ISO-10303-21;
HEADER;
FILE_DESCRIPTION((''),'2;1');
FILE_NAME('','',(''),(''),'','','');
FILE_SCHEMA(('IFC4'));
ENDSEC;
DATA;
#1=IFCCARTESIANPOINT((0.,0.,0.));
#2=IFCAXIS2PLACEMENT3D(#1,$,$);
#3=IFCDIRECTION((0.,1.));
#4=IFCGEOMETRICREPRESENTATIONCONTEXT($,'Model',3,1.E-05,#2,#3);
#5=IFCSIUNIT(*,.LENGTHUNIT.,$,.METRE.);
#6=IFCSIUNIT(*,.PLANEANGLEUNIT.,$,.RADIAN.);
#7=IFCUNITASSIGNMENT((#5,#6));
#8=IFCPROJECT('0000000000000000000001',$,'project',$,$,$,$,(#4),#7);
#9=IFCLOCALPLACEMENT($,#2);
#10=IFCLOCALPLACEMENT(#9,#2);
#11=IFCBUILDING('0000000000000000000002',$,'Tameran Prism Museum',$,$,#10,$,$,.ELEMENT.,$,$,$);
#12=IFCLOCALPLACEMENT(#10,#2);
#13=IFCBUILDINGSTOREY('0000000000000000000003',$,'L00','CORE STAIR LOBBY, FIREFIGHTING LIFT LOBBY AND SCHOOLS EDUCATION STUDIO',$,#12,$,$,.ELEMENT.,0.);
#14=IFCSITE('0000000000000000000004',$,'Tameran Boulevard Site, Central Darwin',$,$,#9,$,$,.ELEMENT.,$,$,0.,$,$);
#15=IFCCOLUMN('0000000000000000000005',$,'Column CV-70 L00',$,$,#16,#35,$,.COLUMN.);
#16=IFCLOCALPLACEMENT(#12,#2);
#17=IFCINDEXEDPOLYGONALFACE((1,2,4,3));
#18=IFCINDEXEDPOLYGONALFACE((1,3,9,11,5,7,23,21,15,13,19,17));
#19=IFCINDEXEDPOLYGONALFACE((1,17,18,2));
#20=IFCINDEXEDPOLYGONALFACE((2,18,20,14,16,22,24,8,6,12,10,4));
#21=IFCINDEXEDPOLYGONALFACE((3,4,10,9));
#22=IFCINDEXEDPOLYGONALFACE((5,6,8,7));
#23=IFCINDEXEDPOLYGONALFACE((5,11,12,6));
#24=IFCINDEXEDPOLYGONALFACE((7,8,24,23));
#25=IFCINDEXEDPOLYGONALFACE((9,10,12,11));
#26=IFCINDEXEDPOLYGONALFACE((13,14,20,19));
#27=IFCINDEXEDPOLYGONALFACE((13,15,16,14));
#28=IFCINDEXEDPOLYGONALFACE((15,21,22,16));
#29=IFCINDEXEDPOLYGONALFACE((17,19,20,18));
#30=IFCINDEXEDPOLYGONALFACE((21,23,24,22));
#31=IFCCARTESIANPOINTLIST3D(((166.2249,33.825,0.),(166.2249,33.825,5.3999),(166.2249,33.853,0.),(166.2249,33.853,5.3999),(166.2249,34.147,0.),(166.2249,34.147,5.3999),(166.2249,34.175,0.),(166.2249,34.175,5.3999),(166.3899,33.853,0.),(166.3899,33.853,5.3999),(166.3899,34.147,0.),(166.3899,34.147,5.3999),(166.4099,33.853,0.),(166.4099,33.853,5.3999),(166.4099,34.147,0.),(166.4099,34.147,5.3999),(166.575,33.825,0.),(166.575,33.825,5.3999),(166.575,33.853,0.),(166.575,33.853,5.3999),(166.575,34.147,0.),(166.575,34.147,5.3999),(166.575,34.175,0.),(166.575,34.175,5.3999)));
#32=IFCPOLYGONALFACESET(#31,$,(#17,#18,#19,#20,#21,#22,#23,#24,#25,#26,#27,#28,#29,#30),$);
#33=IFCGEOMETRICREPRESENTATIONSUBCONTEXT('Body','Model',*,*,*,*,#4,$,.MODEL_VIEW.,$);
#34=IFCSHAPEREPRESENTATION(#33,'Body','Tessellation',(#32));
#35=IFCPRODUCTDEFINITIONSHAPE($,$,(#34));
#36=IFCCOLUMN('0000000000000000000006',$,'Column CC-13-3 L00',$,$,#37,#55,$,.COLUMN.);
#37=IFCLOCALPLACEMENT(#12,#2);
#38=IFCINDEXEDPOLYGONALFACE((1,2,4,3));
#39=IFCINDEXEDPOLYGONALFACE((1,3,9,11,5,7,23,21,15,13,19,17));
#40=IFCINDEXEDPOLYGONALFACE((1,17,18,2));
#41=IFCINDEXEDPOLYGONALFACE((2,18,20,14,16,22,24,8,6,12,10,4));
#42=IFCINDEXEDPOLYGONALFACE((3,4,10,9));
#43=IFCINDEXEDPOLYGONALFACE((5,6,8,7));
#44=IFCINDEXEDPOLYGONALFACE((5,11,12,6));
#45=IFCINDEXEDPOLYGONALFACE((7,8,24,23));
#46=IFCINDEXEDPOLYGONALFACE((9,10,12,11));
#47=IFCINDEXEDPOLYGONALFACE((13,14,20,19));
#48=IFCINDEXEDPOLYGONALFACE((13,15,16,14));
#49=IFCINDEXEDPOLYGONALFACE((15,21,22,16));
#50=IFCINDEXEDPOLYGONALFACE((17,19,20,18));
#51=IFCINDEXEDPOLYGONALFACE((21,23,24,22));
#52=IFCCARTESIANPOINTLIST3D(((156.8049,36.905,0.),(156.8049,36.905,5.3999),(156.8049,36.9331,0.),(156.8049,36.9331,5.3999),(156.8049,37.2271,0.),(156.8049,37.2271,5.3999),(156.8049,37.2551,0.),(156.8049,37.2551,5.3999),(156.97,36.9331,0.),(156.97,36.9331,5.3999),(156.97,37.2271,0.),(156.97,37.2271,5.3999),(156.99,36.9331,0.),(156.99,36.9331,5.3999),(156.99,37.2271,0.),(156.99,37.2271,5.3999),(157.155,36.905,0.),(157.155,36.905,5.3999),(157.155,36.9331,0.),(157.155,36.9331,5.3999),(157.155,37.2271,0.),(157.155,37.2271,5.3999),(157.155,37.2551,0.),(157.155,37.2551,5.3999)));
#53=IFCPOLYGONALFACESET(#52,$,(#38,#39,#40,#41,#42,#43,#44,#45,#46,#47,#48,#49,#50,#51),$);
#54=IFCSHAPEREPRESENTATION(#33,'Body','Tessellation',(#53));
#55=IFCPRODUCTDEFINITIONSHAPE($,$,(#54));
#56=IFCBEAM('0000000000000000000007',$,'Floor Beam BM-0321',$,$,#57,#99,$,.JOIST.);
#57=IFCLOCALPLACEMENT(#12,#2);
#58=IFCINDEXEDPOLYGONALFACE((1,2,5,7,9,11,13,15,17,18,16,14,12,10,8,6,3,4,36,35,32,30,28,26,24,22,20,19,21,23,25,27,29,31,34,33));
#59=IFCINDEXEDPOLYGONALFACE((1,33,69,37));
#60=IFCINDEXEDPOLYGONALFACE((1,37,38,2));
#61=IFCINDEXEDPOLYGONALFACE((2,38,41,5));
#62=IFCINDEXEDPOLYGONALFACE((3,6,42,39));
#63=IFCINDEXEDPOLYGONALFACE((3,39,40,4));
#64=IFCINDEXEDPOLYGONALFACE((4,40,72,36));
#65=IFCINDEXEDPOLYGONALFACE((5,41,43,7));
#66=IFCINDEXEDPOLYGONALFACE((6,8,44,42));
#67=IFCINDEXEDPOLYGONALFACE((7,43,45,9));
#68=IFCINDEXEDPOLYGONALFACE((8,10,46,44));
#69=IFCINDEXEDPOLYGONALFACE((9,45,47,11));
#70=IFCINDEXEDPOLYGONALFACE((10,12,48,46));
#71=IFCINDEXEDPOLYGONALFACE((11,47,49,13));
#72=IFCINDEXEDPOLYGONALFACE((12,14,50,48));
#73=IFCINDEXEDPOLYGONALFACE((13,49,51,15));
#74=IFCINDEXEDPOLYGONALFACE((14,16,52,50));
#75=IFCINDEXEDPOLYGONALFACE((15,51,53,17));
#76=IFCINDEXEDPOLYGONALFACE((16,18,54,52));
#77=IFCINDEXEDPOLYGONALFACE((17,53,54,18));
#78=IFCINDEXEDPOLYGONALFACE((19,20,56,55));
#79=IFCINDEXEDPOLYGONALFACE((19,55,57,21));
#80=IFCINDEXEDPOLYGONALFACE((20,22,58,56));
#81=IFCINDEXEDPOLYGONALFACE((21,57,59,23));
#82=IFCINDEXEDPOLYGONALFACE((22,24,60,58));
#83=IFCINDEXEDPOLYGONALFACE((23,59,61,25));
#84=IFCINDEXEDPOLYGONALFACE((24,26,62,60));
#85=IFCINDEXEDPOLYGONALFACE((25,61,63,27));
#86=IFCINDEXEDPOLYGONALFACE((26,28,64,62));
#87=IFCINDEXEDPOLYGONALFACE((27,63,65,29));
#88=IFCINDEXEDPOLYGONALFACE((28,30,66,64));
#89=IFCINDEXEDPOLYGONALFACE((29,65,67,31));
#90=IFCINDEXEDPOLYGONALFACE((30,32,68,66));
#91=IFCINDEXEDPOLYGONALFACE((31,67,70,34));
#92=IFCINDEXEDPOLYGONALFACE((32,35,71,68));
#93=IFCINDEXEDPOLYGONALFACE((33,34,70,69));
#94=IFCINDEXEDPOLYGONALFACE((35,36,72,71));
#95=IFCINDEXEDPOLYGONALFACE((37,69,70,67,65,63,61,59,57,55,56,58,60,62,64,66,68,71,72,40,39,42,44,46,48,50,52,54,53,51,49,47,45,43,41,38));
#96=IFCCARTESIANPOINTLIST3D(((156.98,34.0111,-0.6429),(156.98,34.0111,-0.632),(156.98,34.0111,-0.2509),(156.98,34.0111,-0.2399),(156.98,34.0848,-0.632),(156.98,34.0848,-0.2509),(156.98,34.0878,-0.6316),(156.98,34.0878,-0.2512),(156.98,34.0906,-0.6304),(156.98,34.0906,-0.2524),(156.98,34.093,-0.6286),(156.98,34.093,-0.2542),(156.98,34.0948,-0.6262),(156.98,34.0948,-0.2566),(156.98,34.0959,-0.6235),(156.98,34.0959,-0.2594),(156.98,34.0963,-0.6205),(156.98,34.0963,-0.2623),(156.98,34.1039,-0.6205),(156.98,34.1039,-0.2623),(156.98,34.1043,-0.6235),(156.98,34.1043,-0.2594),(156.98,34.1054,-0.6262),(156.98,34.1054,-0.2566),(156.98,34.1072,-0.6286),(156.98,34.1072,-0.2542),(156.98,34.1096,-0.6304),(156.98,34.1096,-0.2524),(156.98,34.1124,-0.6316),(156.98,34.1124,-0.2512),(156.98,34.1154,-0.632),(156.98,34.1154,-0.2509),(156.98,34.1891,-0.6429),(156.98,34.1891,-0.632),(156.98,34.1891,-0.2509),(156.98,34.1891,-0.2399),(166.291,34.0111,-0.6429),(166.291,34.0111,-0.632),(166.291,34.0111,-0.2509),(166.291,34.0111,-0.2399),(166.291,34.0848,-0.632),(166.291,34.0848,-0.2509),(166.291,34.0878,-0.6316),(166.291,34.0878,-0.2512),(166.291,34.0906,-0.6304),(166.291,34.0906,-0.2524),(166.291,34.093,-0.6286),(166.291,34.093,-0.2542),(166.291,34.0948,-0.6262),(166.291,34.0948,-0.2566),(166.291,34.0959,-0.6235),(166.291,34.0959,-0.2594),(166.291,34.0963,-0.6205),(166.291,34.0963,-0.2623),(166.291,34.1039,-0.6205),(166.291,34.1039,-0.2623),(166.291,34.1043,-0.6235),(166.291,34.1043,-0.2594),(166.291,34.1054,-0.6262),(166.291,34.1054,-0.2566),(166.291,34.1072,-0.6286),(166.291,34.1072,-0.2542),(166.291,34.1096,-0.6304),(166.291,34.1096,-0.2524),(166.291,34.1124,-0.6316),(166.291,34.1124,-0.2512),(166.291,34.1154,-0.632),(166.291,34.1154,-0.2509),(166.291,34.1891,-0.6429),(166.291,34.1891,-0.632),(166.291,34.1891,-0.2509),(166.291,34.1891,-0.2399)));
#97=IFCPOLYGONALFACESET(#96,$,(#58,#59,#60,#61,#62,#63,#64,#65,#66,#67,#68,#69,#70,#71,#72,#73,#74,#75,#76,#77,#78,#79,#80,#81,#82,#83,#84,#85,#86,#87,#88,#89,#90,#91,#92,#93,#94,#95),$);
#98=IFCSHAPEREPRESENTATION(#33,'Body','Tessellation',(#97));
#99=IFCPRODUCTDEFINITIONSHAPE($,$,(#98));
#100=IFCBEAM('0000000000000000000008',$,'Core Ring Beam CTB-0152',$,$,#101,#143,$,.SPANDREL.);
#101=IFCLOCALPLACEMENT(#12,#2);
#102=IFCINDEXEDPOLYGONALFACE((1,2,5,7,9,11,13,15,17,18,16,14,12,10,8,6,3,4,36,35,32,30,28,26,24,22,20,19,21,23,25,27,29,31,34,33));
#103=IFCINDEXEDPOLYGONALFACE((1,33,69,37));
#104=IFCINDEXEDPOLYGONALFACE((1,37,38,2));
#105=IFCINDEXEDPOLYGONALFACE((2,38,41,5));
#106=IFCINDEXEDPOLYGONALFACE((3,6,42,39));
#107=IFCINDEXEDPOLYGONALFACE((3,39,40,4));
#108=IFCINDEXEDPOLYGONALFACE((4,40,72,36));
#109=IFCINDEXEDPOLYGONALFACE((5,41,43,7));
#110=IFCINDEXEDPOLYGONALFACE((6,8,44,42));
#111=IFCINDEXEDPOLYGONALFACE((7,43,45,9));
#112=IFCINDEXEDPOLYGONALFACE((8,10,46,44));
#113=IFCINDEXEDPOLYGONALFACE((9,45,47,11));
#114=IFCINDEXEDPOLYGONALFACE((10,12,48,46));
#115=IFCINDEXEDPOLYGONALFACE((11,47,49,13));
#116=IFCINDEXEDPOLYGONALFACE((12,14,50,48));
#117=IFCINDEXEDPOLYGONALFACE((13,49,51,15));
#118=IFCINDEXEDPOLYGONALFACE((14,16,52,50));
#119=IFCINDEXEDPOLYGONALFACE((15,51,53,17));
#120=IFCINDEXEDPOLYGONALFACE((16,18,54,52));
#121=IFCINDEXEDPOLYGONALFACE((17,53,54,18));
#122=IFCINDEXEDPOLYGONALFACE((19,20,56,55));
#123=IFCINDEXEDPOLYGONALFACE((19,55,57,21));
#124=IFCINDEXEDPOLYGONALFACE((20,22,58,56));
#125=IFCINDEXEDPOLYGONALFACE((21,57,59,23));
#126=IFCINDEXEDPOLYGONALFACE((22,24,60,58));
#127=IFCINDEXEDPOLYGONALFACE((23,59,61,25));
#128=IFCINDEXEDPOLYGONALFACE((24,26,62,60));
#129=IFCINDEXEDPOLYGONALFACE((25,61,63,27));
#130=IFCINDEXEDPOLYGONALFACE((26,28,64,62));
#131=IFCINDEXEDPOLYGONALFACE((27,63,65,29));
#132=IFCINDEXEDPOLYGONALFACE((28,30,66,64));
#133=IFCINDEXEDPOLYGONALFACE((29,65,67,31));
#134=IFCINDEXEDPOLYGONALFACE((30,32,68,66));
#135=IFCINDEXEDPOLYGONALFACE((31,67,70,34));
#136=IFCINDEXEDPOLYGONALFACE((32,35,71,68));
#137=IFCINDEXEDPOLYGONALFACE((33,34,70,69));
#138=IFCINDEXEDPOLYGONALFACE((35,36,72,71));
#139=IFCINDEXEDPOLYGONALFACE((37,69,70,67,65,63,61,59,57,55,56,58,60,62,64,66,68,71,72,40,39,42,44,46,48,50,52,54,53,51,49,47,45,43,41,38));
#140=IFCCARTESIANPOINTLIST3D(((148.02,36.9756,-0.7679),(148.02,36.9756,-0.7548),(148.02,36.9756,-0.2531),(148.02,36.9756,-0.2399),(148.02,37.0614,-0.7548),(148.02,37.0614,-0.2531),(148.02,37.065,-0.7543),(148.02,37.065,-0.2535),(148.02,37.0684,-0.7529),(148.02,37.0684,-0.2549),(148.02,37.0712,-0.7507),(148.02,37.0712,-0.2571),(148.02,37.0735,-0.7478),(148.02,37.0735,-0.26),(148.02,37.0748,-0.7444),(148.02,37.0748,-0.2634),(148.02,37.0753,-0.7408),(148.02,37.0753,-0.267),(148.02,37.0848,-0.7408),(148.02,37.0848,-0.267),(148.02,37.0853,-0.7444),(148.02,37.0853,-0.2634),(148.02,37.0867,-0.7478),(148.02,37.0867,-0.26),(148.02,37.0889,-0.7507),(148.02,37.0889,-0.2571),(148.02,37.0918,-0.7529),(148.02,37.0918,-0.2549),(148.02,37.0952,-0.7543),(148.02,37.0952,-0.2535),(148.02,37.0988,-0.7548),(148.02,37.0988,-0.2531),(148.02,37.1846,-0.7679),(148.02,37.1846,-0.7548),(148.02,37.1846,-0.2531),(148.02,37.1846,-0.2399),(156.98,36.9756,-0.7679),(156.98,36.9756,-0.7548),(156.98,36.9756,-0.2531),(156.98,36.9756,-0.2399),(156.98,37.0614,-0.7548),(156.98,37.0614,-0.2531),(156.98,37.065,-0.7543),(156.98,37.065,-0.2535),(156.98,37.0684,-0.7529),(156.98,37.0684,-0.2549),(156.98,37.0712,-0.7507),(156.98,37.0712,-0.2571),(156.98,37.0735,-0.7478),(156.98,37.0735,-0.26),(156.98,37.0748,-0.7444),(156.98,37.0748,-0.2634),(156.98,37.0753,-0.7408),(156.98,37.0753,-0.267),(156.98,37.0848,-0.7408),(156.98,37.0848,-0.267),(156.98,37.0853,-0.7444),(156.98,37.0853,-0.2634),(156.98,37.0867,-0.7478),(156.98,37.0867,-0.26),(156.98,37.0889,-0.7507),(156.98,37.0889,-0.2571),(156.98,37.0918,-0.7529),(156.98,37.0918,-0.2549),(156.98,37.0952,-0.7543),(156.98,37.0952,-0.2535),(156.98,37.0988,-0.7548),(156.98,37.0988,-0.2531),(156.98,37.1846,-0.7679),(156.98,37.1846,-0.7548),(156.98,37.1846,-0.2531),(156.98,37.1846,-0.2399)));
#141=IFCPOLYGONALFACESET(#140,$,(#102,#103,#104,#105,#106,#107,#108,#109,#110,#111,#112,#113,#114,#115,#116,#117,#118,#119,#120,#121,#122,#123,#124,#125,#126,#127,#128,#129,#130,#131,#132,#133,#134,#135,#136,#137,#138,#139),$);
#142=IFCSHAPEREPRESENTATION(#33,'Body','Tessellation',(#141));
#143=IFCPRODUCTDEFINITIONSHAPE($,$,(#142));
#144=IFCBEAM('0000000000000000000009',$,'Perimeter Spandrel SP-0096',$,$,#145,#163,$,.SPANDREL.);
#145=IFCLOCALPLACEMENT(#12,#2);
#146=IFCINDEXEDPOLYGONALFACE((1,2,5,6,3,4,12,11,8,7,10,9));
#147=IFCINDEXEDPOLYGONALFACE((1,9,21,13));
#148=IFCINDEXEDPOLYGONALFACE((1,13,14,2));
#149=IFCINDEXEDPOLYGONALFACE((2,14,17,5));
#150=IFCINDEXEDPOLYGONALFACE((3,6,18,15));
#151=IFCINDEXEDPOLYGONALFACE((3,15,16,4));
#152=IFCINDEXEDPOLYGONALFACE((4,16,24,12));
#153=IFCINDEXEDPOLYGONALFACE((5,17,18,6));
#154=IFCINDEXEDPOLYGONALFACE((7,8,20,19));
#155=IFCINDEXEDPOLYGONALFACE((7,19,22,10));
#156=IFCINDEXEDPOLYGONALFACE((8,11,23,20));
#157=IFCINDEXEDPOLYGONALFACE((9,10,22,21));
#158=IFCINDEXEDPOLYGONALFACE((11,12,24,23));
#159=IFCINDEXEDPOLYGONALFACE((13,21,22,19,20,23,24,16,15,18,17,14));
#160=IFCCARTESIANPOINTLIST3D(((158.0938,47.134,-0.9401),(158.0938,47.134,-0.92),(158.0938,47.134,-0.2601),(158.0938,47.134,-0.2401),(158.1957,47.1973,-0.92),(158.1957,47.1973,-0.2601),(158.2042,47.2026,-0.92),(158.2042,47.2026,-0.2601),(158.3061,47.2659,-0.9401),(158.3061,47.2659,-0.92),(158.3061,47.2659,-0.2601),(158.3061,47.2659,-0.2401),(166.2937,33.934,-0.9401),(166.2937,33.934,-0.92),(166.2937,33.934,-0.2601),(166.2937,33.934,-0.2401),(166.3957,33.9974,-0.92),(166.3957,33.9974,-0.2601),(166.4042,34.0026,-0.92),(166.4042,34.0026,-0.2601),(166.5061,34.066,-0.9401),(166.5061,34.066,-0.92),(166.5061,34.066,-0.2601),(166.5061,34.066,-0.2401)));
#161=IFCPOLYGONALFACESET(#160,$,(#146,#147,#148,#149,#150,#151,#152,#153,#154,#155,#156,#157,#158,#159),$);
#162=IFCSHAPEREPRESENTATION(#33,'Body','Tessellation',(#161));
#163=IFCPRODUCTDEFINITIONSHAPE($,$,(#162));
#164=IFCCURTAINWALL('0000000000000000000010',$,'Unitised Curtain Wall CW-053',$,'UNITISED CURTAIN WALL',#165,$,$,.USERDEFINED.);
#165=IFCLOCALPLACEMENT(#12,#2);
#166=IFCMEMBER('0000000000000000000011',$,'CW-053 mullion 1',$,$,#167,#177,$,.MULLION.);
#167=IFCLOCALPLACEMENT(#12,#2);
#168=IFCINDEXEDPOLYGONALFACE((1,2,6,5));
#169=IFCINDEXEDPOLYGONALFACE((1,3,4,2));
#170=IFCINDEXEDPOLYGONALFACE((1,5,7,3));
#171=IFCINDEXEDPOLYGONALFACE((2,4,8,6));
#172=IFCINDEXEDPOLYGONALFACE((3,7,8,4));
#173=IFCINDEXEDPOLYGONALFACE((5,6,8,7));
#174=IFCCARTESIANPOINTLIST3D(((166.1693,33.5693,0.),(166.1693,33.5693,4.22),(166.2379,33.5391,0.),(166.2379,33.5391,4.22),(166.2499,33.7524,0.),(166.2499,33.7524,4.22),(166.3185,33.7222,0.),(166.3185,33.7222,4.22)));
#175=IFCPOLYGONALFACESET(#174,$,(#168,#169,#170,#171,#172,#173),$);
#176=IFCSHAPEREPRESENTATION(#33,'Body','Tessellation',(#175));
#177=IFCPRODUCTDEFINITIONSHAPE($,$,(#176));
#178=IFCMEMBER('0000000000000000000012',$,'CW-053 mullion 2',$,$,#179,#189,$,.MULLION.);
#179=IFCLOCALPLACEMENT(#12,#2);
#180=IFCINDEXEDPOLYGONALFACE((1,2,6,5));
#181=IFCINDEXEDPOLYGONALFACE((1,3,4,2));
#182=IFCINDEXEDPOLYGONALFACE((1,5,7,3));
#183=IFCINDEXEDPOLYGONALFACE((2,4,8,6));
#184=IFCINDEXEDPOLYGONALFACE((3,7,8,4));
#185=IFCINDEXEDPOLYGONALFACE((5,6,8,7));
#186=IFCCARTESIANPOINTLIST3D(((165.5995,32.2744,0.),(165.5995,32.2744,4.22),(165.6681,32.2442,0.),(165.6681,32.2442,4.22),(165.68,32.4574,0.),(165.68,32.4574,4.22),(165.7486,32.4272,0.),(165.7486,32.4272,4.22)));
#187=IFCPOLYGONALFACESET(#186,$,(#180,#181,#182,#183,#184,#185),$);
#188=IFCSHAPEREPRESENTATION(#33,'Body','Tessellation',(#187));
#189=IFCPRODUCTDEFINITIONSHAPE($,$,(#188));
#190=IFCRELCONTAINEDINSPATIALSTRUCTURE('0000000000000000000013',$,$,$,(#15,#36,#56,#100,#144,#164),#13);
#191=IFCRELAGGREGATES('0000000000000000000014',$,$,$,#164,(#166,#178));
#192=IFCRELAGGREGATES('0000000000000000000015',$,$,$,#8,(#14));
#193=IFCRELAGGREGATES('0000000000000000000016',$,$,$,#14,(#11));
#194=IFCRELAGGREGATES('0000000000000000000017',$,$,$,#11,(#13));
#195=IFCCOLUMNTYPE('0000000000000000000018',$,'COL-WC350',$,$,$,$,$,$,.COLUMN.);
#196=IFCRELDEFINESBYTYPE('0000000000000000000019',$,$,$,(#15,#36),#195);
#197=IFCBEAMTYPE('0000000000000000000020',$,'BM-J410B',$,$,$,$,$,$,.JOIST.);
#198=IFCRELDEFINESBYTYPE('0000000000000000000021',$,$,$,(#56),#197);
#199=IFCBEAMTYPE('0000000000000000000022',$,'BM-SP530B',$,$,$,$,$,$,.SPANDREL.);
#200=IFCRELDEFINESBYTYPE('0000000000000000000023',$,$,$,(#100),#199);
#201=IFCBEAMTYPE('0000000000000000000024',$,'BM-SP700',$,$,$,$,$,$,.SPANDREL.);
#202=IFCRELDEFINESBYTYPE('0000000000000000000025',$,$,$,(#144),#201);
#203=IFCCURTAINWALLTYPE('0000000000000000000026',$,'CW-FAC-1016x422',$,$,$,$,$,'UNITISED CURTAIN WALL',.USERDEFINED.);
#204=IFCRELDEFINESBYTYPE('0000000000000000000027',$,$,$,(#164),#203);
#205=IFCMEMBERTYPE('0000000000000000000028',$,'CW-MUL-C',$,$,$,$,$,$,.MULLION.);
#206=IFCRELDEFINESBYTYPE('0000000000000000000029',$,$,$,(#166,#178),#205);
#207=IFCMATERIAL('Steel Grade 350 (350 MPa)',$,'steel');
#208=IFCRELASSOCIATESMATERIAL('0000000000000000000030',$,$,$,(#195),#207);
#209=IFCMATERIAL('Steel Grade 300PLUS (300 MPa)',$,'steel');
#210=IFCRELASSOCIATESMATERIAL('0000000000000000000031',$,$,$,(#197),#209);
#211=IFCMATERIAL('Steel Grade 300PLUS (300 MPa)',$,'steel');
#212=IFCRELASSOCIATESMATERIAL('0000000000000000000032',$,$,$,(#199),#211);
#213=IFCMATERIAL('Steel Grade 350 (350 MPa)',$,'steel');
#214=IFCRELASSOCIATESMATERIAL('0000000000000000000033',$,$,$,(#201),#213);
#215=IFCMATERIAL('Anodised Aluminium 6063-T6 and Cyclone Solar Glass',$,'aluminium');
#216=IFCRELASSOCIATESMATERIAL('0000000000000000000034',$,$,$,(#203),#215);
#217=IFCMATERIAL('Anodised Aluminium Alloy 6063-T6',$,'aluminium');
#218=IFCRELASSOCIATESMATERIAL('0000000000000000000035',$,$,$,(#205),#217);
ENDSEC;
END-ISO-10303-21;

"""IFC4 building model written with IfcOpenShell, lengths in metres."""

from ifc_helpers import new_model, si_unit, direction, frame, origin, origin_2d, place, context, subcontext, project, spatial, rectangle, i_section, extrude, material, material_profile, profile_set, type_object, element, aggregate, save


model = new_model("IFC4")

# Units and contexts
model_context = context("Model", 3, precision=1e-05, world=origin(), true_north=direction((0.0, 1.0)))
body_context = subcontext(model_context, "Body", "Model", "MODEL_VIEW")
ifc_project = project(units=[si_unit("LENGTHUNIT", "METRE"), si_unit("PLANEANGLEUNIT", "RADIAN")], contexts=[model_context])

# Site, building, storey
site_placement = place(None, origin())
site = spatial("IfcSite", under=ifc_project, at=site_placement, Name="Tameran Boulevard Site, Central Darwin", CompositionType="ELEMENT", RefElevation=0.0)
building_placement = place(site_placement, origin())
building = spatial("IfcBuilding", under=site, at=building_placement, Name="Tameran Prism Museum", CompositionType="ELEMENT")
storey_placement = place(building_placement, origin())
storey = spatial("IfcBuildingStorey", under=building, at=storey_placement, Name="L00", Description="CORE STAIR LOBBY, FIREFIGHTING LIFT LOBBY AND SCHOOLS EDUCATION STUDIO", CompositionType="ELEMENT", Elevation=0.0)

# Columns
ifc_material_1 = material(Name="Steel Grade 350 (350 MPa)", Category="steel")
ifc_material_profile_1 = material_profile(ifc_material_1, i_section(OverallWidth=0.3501, OverallDepth=0.3501, WebThickness=0.02, FlangeThickness=0.0281, at=origin_2d()))
ifc_profile_set_1 = profile_set([ifc_material_profile_1])
column_type = type_object("IfcColumnType", Name="COL-WC350", PredefinedType="COLUMN", material=ifc_profile_set_1)
for number, where, z_axis, x_axis, name in (
    (1, (166.3999, 34.0, 0.0), (0.0, 0.0, 1.0), (1.0, 0.0, 0.0), "Column CV-70 L00"),
    (2, (156.98, 37.0801, 0.0), (0.0, 0.0, 1.0), (1.0, 0.0, 0.0), "Column CC-13-3 L00"),
):
    element("IfcColumn", number, at=place(storey_placement, frame(where, z_axis=z_axis, x_axis=x_axis)), inside=storey, type_object=column_type, Name=name, PredefinedType="COLUMN", context=body_context, shape_type="SweptSolid", body=[
        extrude(i_section(OverallWidth=0.3501, OverallDepth=0.3501, WebThickness=0.02, FlangeThickness=0.0281, at=origin_2d()), origin(), (0.0, 0.0, 1.0), 5.3999),
    ])

# Beams
ifc_material_2 = material(Name="Steel Grade 300PLUS (300 MPa)", Category="steel")
ifc_material_profile_2 = material_profile(ifc_material_2, i_section(OverallWidth=0.178, OverallDepth=0.4031, WebThickness=0.0076, FlangeThickness=0.011, FilletRadius=0.0115, at=origin_2d()))
ifc_profile_set_2 = profile_set([ifc_material_profile_2])
beam_type_1 = type_object("IfcBeamType", Name="BM-J410B", PredefinedType="JOIST", material=ifc_profile_set_2)
beam_1_placement = place(storey_placement, frame((156.98, 34.1001, -0.4414), z_axis=(1.0, 0.0, 0.0), x_axis=(0.0, 1.0, 0.0)))
element("IfcBeam", 3, at=beam_1_placement, inside=storey, type_object=beam_type_1, Name="Floor Beam BM-0321", PredefinedType="JOIST", context=body_context, shape_type="SweptSolid", body=[
    extrude(i_section(OverallWidth=0.178, OverallDepth=0.4031, WebThickness=0.0076, FlangeThickness=0.011, FilletRadius=0.0115, at=origin_2d()), origin(), (0.0, 0.0, 1.0), 9.311),
])
ifc_material_3 = material(Name="Steel Grade 300PLUS (300 MPa)", Category="steel")
ifc_material_profile_3 = material_profile(ifc_material_3, i_section(OverallWidth=0.209, OverallDepth=0.5281, WebThickness=0.0095, FlangeThickness=0.0132, FilletRadius=0.0139, at=origin_2d()))
ifc_profile_set_3 = profile_set([ifc_material_profile_3])
beam_type_2 = type_object("IfcBeamType", Name="BM-SP530B", PredefinedType="SPANDREL", material=ifc_profile_set_3)
beam_2_placement = place(storey_placement, frame((156.98, 37.0801, -0.5039), z_axis=(-1.0, 0.0, 0.0), x_axis=(0.0, -1.0, 0.0)))
element("IfcBeam", 4, at=beam_2_placement, inside=storey, type_object=beam_type_2, Name="Core Ring Beam CTB-0152", PredefinedType="SPANDREL", context=body_context, shape_type="SweptSolid", body=[
    extrude(i_section(OverallWidth=0.209, OverallDepth=0.5281, WebThickness=0.0095, FlangeThickness=0.0132, FilletRadius=0.0139, at=origin_2d()), origin(), (0.0, 0.0, 1.0), 8.96),
])
ifc_material_4 = material(Name="Steel Grade 350 (350 MPa)", Category="steel")
ifc_material_profile_4 = material_profile(ifc_material_4, i_section(OverallWidth=0.25, OverallDepth=0.7, WebThickness=0.01, FlangeThickness=0.02, at=origin_2d()))
ifc_profile_set_4 = profile_set([ifc_material_profile_4])
beam_type_3 = type_object("IfcBeamType", Name="BM-SP700", PredefinedType="SPANDREL", material=ifc_profile_set_4)
beam_3_placement = place(storey_placement, frame((166.3999, 34.0, -0.5901), z_axis=(-0.527682, 0.849442, 0.0), x_axis=(-0.849442, -0.527682, 0.0)))
element("IfcBeam", 5, at=beam_3_placement, inside=storey, type_object=beam_type_3, Name="Perimeter Spandrel SP-0096", PredefinedType="SPANDREL", context=body_context, shape_type="SweptSolid", body=[
    extrude(i_section(OverallWidth=0.25, OverallDepth=0.7, WebThickness=0.01, FlangeThickness=0.02, at=origin_2d()), origin(), (0.0, 0.0, 1.0), 15.5396),
])

# Curtain wall, members
ifc_material_5 = material(Name="Anodised Aluminium 6063-T6 and Cyclone Solar Glass", Category="aluminium")
curtain_wall_type_1 = type_object("IfcCurtainWallType", Name="CW-FAC-1016x422", ElementType="UNITISED CURTAIN WALL", PredefinedType="USERDEFINED", material=ifc_material_5)
curtain_wall_1_placement = place(storey_placement, origin())
curtain_wall_1 = element("IfcCurtainWall", 6, at=curtain_wall_1_placement, inside=storey, type_object=curtain_wall_type_1, Name="Unitised Curtain Wall CW-053", ObjectType="UNITISED CURTAIN WALL", PredefinedType="USERDEFINED")
ifc_material_6 = material(Name="Anodised Aluminium Alloy 6063-T6", Category="aluminium")
ifc_material_profile_5 = material_profile(ifc_material_6, rectangle(XDim=0.075, YDim=0.2, at=origin_2d()))
ifc_profile_set_5 = profile_set([ifc_material_profile_5])
member_type_1 = type_object("IfcMemberType", Name="CW-MUL-C", PredefinedType="MULLION", material=ifc_profile_set_5)
member_1_placement = place(storey_placement, frame((166.2439, 33.6458, 0.0), z_axis=(0.0, 0.0, 1.0), x_axis=(0.915322, -0.402722, 0.0)))
member_1 = element("IfcMember", 7, at=member_1_placement, type_object=member_type_1, Name="CW-053 mullion 1", PredefinedType="MULLION", context=body_context, shape_type="SweptSolid", body=[
    extrude(rectangle(XDim=0.075, YDim=0.2, at=origin_2d()), origin(), (0.0, 0.0, 1.0), 4.22),
])
member_2_placement = place(storey_placement, frame((165.6741, 32.3508, 0.0), z_axis=(0.0, 0.0, 1.0), x_axis=(0.915322, -0.402722, 0.0)))
member_2 = element("IfcMember", 8, at=member_2_placement, type_object=member_type_1, Name="CW-053 mullion 2", PredefinedType="MULLION", context=body_context, shape_type="SweptSolid", body=[
    extrude(rectangle(XDim=0.075, YDim=0.2, at=origin_2d()), origin(), (0.0, 0.0, 1.0), 4.22),
])

aggregate(curtain_wall_1, [member_1, member_2])

save(model, "model.ifc")
